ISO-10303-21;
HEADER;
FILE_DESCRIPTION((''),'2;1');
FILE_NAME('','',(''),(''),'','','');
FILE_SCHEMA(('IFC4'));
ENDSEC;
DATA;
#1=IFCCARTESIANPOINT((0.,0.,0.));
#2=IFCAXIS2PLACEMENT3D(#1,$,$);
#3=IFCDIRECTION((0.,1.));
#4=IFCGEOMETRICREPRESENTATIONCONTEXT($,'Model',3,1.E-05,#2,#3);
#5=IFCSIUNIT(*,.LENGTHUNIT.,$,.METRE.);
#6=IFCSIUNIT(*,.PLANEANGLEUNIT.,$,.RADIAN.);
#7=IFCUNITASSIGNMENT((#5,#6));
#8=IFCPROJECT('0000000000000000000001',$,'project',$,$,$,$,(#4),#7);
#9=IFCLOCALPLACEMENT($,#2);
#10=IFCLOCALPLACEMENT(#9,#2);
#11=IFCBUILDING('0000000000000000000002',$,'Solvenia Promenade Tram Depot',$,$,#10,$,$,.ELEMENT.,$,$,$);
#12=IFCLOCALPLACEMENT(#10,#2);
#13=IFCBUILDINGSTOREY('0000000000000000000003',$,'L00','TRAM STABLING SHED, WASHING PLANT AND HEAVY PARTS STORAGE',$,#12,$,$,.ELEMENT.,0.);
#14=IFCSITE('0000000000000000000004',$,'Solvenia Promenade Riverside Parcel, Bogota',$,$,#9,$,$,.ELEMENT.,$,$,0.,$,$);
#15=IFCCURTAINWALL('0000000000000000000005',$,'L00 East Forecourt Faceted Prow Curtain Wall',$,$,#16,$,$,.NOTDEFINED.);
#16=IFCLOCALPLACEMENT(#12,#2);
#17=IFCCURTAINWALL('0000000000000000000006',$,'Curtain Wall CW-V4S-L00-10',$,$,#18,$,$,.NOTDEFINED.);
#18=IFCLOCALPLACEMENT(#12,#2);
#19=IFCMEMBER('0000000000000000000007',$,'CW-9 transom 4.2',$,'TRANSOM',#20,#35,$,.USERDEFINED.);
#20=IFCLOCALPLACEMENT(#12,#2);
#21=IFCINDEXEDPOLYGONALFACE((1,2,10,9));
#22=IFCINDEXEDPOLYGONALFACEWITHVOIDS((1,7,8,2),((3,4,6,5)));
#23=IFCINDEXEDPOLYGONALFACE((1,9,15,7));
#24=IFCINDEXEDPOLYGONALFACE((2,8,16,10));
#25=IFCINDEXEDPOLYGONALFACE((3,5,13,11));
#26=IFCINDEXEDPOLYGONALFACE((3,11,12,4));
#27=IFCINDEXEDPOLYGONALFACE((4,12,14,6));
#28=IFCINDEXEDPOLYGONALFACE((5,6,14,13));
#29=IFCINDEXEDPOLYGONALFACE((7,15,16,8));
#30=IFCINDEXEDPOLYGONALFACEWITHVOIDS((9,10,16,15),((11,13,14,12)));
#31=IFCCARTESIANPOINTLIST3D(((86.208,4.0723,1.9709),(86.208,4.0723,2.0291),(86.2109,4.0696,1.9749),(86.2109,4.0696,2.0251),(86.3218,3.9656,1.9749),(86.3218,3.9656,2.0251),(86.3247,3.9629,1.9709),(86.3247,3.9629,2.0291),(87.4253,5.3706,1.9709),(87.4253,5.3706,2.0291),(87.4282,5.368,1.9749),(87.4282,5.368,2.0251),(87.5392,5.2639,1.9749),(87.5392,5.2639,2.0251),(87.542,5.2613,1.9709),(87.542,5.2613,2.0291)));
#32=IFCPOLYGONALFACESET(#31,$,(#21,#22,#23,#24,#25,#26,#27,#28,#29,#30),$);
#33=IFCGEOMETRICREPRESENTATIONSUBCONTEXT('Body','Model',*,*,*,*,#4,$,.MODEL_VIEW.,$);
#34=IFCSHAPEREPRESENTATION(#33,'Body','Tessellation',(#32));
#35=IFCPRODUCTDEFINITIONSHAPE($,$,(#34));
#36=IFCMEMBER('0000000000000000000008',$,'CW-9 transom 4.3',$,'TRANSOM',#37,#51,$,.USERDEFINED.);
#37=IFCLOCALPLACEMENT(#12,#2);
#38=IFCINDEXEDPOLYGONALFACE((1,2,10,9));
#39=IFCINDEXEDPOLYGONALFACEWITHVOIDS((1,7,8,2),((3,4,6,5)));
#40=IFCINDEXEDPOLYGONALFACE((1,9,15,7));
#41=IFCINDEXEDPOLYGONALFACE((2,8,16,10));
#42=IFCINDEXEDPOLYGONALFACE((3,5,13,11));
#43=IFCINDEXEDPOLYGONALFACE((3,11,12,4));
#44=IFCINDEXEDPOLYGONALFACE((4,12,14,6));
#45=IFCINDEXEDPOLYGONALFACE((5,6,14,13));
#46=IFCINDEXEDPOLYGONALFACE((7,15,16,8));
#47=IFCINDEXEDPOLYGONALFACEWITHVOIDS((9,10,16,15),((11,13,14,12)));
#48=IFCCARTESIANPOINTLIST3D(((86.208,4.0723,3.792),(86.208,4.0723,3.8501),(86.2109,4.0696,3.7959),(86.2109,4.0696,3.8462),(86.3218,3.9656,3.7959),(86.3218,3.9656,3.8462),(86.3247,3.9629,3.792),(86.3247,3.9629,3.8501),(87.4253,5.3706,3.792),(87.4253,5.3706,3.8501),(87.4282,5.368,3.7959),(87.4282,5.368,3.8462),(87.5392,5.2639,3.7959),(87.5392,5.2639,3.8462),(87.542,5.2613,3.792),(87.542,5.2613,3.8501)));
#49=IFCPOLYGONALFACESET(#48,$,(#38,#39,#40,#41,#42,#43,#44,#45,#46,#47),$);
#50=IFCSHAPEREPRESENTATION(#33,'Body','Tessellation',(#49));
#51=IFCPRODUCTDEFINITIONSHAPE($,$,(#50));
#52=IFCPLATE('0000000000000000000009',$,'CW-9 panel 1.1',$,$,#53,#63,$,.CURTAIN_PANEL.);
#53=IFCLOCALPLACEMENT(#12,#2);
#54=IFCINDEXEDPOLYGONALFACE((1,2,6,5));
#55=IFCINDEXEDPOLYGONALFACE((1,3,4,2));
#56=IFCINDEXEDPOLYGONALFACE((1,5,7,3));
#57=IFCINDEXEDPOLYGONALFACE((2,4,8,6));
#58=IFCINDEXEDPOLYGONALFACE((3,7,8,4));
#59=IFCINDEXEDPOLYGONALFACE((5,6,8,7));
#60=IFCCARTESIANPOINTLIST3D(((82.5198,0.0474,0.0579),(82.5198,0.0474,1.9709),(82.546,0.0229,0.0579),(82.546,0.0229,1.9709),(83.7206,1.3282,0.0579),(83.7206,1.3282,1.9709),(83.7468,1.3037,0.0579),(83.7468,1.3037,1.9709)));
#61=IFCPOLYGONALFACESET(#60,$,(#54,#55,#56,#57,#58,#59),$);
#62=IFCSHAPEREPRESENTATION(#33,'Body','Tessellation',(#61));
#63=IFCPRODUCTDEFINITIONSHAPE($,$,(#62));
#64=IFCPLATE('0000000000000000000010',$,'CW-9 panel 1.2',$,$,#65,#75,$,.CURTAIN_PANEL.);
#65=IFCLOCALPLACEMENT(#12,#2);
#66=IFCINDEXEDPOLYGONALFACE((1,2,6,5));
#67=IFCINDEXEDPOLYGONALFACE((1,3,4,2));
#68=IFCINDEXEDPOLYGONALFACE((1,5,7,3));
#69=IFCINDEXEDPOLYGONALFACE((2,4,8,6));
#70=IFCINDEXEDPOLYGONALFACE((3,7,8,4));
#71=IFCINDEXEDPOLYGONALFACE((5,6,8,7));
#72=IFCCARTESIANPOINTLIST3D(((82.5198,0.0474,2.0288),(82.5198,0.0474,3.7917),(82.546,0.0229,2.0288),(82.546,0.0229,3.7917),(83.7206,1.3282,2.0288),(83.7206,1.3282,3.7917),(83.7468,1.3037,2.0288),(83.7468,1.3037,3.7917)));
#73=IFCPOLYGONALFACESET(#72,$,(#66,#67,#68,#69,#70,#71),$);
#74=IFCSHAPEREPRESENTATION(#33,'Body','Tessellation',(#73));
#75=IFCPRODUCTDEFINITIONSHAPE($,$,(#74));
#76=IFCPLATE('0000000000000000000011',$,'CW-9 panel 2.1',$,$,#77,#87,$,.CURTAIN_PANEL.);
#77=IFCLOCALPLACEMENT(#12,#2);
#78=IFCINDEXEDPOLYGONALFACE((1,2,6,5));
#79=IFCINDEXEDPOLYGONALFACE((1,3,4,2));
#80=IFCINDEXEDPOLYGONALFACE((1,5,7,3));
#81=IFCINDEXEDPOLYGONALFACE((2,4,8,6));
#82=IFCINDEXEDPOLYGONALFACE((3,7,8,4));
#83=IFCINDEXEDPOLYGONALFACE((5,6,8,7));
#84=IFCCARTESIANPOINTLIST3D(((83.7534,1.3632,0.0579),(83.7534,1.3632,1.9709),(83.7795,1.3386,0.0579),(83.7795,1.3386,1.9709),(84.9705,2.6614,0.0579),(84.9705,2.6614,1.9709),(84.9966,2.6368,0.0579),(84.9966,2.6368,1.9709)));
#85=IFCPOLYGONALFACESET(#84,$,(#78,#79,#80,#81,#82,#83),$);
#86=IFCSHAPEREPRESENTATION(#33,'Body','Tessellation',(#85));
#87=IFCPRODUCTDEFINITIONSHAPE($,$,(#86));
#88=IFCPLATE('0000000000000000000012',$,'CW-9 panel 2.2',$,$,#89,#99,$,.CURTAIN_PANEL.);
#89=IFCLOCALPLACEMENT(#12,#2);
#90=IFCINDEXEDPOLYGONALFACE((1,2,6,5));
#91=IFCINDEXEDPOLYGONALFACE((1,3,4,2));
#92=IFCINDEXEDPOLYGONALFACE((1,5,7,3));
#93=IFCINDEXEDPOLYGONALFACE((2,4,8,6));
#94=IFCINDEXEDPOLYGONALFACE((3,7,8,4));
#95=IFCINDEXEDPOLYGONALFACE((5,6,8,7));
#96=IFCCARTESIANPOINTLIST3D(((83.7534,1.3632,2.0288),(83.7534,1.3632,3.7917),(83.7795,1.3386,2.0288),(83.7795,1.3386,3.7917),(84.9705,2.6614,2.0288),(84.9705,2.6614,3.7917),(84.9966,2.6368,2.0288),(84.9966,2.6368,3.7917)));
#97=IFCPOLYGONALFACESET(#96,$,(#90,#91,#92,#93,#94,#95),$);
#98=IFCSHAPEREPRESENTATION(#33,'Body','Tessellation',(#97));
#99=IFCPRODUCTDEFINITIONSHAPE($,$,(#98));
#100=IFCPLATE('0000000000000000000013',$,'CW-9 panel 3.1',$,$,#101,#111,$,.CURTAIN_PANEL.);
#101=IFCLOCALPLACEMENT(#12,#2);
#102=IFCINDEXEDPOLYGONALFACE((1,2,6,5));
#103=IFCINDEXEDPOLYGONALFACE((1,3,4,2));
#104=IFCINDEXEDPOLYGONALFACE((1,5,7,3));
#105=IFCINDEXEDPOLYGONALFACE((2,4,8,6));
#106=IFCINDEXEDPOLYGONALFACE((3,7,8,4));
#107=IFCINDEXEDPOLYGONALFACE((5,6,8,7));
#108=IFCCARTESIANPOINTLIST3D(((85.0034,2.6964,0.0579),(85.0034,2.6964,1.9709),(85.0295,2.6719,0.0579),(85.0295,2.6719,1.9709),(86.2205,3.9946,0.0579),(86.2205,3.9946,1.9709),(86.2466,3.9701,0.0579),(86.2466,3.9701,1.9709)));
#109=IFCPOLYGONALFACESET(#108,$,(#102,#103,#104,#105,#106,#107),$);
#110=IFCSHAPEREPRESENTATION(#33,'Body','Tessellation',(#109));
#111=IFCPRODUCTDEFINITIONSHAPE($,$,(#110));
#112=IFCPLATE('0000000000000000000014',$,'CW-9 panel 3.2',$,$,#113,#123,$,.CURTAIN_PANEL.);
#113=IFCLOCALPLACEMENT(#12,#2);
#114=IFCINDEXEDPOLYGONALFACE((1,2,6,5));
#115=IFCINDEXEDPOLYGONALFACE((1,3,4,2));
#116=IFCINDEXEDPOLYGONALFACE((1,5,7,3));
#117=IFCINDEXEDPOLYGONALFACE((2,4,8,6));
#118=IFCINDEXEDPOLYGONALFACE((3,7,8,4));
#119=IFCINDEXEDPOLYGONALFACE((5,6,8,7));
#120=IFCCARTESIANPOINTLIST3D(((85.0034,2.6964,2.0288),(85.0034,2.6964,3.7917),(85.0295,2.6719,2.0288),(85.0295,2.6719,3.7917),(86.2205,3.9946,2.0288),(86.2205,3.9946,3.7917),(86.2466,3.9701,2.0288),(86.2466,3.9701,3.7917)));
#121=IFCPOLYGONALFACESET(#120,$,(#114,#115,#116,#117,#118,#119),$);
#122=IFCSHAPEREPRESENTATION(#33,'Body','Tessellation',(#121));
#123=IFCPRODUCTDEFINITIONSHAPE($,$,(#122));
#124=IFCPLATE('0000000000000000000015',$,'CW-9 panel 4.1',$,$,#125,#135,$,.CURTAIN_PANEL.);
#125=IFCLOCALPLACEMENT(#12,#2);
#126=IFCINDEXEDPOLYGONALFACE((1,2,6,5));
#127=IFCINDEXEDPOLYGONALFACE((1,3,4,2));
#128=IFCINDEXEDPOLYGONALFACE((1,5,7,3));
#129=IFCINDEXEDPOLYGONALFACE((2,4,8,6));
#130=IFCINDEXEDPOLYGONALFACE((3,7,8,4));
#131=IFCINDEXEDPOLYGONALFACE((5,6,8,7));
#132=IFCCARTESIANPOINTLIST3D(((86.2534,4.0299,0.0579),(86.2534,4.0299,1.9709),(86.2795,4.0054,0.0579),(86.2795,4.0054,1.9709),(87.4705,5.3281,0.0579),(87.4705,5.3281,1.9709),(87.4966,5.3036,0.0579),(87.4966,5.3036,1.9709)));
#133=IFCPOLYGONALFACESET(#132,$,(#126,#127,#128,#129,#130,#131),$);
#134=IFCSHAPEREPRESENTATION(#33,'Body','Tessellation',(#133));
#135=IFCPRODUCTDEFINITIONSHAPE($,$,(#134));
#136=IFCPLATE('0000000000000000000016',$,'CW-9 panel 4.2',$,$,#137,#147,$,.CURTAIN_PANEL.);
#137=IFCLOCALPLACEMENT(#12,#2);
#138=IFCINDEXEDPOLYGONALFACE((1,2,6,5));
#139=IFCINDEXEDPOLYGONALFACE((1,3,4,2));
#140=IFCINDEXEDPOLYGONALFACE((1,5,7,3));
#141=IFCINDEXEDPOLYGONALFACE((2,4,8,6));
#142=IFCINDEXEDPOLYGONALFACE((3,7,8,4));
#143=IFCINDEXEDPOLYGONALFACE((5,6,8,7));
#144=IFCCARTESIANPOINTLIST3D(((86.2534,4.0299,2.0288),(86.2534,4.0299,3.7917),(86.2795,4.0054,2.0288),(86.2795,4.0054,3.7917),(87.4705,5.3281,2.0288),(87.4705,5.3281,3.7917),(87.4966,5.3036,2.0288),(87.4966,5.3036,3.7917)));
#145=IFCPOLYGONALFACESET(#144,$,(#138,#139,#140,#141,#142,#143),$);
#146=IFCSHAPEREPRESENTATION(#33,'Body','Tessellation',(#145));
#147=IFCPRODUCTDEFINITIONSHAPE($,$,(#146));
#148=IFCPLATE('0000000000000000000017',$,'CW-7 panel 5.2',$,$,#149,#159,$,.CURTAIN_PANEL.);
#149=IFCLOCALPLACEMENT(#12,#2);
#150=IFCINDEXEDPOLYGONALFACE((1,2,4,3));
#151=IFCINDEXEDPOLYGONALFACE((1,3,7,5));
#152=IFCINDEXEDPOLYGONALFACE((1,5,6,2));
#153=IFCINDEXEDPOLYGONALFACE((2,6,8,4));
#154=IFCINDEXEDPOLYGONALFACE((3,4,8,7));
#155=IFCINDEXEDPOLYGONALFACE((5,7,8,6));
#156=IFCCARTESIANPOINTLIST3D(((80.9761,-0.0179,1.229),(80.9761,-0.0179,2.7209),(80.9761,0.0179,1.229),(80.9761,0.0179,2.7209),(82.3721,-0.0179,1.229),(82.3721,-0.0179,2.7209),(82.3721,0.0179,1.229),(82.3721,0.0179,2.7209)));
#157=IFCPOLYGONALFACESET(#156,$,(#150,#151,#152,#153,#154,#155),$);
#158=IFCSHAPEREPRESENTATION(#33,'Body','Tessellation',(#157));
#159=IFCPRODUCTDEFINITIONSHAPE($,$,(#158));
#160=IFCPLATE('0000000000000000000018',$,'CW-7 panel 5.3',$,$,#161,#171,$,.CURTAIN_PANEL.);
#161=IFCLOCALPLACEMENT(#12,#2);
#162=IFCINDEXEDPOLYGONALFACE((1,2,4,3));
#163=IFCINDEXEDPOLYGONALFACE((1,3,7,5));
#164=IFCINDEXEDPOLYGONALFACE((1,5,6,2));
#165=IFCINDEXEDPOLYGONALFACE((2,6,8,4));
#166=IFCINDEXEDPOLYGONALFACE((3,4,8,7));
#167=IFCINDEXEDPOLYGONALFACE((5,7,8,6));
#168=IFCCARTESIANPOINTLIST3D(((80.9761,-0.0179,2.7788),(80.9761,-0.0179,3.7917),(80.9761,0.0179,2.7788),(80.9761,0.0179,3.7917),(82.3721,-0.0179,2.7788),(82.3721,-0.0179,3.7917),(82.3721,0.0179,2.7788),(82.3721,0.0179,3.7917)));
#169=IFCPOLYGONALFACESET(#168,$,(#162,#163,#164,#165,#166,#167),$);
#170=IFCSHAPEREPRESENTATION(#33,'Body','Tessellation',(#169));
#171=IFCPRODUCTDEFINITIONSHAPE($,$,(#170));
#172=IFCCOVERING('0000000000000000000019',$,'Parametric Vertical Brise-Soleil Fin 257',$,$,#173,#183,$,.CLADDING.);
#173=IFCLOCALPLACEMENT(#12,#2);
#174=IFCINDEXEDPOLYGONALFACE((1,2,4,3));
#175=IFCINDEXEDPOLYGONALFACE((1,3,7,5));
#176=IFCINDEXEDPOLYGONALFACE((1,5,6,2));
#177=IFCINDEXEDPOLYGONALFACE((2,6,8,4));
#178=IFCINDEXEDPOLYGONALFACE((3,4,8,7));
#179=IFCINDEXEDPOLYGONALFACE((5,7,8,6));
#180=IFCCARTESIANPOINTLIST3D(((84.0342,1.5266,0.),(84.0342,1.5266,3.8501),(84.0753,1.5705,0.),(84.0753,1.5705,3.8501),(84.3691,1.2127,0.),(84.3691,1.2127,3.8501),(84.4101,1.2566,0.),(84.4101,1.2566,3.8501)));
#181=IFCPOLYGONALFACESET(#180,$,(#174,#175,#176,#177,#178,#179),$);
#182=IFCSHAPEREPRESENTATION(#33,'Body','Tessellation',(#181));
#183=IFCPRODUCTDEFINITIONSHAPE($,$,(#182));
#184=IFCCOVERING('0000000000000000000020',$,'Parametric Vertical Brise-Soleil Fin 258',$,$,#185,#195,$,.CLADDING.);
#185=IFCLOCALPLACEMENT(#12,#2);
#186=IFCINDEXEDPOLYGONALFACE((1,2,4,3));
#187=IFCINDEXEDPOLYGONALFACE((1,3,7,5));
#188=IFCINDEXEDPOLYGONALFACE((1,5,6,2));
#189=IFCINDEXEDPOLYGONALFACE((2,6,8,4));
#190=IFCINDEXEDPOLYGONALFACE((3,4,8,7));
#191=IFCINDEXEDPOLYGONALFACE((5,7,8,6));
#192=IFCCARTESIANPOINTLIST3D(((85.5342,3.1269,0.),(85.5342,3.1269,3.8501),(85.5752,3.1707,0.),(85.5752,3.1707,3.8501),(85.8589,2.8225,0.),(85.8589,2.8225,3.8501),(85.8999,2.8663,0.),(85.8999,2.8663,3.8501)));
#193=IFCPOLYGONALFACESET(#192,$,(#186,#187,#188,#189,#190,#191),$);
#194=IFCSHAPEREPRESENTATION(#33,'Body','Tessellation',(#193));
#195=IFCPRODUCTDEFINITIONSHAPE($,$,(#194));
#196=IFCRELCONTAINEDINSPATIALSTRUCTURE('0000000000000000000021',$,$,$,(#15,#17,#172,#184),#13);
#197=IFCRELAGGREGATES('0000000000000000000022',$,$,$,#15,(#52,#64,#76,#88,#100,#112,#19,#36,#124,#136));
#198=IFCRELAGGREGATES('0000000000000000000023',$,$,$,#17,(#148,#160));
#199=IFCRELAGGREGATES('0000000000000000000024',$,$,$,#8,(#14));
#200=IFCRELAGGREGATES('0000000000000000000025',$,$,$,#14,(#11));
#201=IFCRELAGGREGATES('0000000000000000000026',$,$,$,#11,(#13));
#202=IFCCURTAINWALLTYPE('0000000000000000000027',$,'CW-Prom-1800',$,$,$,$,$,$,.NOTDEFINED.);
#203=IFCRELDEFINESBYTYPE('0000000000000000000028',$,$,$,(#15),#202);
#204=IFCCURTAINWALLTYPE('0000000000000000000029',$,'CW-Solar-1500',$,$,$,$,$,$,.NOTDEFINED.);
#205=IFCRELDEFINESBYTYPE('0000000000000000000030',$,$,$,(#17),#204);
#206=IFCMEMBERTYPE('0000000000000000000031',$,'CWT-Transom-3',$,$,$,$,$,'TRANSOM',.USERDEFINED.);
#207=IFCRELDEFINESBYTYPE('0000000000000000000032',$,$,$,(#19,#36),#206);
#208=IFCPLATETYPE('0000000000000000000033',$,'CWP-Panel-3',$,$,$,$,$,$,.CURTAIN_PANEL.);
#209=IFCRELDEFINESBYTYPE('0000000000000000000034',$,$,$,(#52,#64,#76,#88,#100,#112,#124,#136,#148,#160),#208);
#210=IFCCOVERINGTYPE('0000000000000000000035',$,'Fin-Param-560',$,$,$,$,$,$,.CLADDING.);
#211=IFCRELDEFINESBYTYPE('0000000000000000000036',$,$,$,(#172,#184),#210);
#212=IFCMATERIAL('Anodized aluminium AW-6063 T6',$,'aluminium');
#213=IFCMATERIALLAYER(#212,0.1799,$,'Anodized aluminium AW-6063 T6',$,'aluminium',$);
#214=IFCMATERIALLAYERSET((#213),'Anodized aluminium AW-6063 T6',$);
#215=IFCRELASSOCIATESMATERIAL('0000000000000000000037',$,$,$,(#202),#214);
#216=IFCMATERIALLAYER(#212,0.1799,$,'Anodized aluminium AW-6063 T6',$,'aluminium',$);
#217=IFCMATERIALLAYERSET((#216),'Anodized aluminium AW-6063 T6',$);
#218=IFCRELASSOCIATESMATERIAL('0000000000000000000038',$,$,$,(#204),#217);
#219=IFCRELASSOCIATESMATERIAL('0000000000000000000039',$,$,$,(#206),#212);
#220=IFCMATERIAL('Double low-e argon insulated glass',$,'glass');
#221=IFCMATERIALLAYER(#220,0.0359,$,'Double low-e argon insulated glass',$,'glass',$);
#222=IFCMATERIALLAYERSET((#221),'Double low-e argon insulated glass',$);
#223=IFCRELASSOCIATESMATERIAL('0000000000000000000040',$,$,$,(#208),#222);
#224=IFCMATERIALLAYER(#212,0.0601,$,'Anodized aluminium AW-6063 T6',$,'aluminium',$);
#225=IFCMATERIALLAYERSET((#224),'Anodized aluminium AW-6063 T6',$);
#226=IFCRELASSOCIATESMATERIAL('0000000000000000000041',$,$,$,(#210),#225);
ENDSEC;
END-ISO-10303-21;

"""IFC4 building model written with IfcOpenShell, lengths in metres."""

from ifc_helpers import new_model, si_unit, direction, frame, origin, origin_2d, place, context, subcontext, project, spatial, rectangle, hollow_rectangle, extrude, material, layer, layer_set, material_profile, profile_set, type_object, element, aggregate, save


model = new_model("IFC4")

# Units and contexts
model_context = context("Model", 3, precision=1e-05, world=origin(), true_north=direction((0.0, 1.0)))
body_context = subcontext(model_context, "Body", "Model", "MODEL_VIEW")
ifc_project = project(units=[si_unit("LENGTHUNIT", "METRE"), si_unit("PLANEANGLEUNIT", "RADIAN")], contexts=[model_context])

# Site, building, storey
site_placement = place(None, origin())
site = spatial("IfcSite", under=ifc_project, at=site_placement, Name="Solvenia Promenade Riverside Parcel, Bogota", CompositionType="ELEMENT", RefElevation=0.0)
building_placement = place(site_placement, origin())
building = spatial("IfcBuilding", under=site, at=building_placement, Name="Solvenia Promenade Tram Depot", CompositionType="ELEMENT")
storey_placement = place(building_placement, origin())
storey = spatial("IfcBuildingStorey", under=building, at=storey_placement, Name="L00", Description="TRAM STABLING SHED, WASHING PLANT AND HEAVY PARTS STORAGE", CompositionType="ELEMENT", Elevation=0.0)

# Curtain wall
ifc_material_1 = material(Name="Anodized aluminium AW-6063 T6", Category="aluminium")
ifc_layer_1 = layer(ifc_material_1, 0.1799, Name="Anodized aluminium AW-6063 T6", Category="aluminium")
ifc_layer_set_1 = layer_set([ifc_layer_1], Name="Anodized aluminium AW-6063 T6")
curtain_wall_type_1 = type_object("IfcCurtainWallType", Name="CW-Prom-1800", PredefinedType="NOTDEFINED", material=ifc_layer_set_1)
curtain_wall_1_placement = place(storey_placement, origin())
curtain_wall_1 = element("IfcCurtainWall", 1, at=curtain_wall_1_placement, inside=storey, type_object=curtain_wall_type_1, Name="L00 East Forecourt Faceted Prow Curtain Wall", PredefinedType="NOTDEFINED")

# Curtain wall
ifc_layer_2 = layer(ifc_material_1, 0.1799, Name="Anodized aluminium AW-6063 T6", Category="aluminium")
ifc_layer_set_2 = layer_set([ifc_layer_2], Name="Anodized aluminium AW-6063 T6")
curtain_wall_type_2 = type_object("IfcCurtainWallType", Name="CW-Solar-1500", PredefinedType="NOTDEFINED", material=ifc_layer_set_2)
curtain_wall_2_placement = place(storey_placement, origin())
curtain_wall_2 = element("IfcCurtainWall", 2, at=curtain_wall_2_placement, inside=storey, type_object=curtain_wall_type_2, Name="Curtain Wall CW-V4S-L00-10", PredefinedType="NOTDEFINED")

# Members
ifc_material_profile_1 = material_profile(ifc_material_1, hollow_rectangle(XDim=0.1599, YDim=0.0581, WallThickness=0.0039, at=origin_2d()), Name="ALU-T3", Category="aluminium")
ifc_profile_set_1 = profile_set([ifc_material_profile_1], Name="Anodized aluminium AW-6063 T6")
member_type_1 = type_object("IfcMemberType", Name="CWT-Transom-3", ElementType="TRANSOM", PredefinedType="USERDEFINED", material=ifc_profile_set_1)
member_1_placement = place(storey_placement, frame((86.2664, 4.0176, 2.0), z_axis=(0.683969, 0.729512, 0.0), x_axis=(-0.729512, 0.683969, 0.0)))
member_1 = element("IfcMember", 3, at=member_1_placement, type_object=member_type_1, Name="CW-9 transom 4.2", ObjectType="TRANSOM", PredefinedType="USERDEFINED", context=body_context, shape_type="SweptSolid", body=[
    extrude(hollow_rectangle(XDim=0.1599, YDim=0.0581, WallThickness=0.0039, at=origin_2d()), origin(), (0.0, 0.0, 1.0), 1.7798),
])
member_2_placement = place(storey_placement, frame((86.2664, 4.0176, 3.821), z_axis=(0.683969, 0.729512, 0.0), x_axis=(-0.729512, 0.683969, 0.0)))
member_2 = element("IfcMember", 4, at=member_2_placement, type_object=member_type_1, Name="CW-9 transom 4.3", ObjectType="TRANSOM", PredefinedType="USERDEFINED", context=body_context, shape_type="SweptSolid", body=[
    extrude(hollow_rectangle(XDim=0.1599, YDim=0.0581, WallThickness=0.0039, at=origin_2d()), origin(), (0.0, 0.0, 1.0), 1.7798),
])

# Plates
ifc_material_2 = material(Name="Double low-e argon insulated glass", Category="glass")
ifc_layer_3 = layer(ifc_material_2, 0.0359, Name="Double low-e argon insulated glass", Category="glass")
ifc_layer_set_3 = layer_set([ifc_layer_3], Name="Double low-e argon insulated glass")
plate_type = type_object("IfcPlateType", Name="CWP-Panel-3", PredefinedType="CURTAIN_PANEL", material=ifc_layer_set_3)
plate_1_placement = place(storey_placement, frame((83.1333, 0.6755, 0.0579), z_axis=(0.0, 0.0, 1.0), x_axis=(0.683941, 0.729537, 0.0)))
plate_1 = element("IfcPlate", 5, at=plate_1_placement, type_object=plate_type, Name="CW-9 panel 1.1", PredefinedType="CURTAIN_PANEL", context=body_context, shape_type="SweptSolid", body=[
    extrude(rectangle(XDim=1.7556, YDim=0.0359, at=origin_2d()), origin(), (0.0, 0.0, 1.0), 1.9131),
])
plate_2_placement = place(storey_placement, frame((83.1333, 0.6755, 2.0288), z_axis=(0.0, 0.0, 1.0), x_axis=(0.683941, 0.729537, 0.0)))
plate_2 = element("IfcPlate", 6, at=plate_2_placement, type_object=plate_type, Name="CW-9 panel 1.2", PredefinedType="CURTAIN_PANEL", context=body_context, shape_type="SweptSolid", body=[
    extrude(rectangle(XDim=1.7556, YDim=0.0359, at=origin_2d()), origin(), (0.0, 0.0, 1.0), 1.7629),
])
plate_3_placement = place(storey_placement, frame((84.375, 2.0, 0.0579), z_axis=(0.0, 0.0, 1.0), x_axis=(0.683941, 0.729537, 0.0)))
plate_3 = element("IfcPlate", 7, at=plate_3_placement, type_object=plate_type, Name="CW-9 panel 2.1", PredefinedType="CURTAIN_PANEL", context=body_context, shape_type="SweptSolid", body=[
    extrude(rectangle(XDim=1.7795, YDim=0.0359, at=origin_2d()), origin(), (0.0, 0.0, 1.0), 1.9131),
])
plate_4_placement = place(storey_placement, frame((84.375, 2.0, 2.0288), z_axis=(0.0, 0.0, 1.0), x_axis=(0.683941, 0.729537, 0.0)))
plate_4 = element("IfcPlate", 8, at=plate_4_placement, type_object=plate_type, Name="CW-9 panel 2.2", PredefinedType="CURTAIN_PANEL", context=body_context, shape_type="SweptSolid", body=[
    extrude(rectangle(XDim=1.7795, YDim=0.0359, at=origin_2d()), origin(), (0.0, 0.0, 1.0), 1.7629),
])
plate_5_placement = place(storey_placement, frame((85.625, 3.3333, 0.0579), z_axis=(0.0, 0.0, 1.0), x_axis=(0.683941, 0.729537, 0.0)))
plate_5 = element("IfcPlate", 9, at=plate_5_placement, type_object=plate_type, Name="CW-9 panel 3.1", PredefinedType="CURTAIN_PANEL", context=body_context, shape_type="SweptSolid", body=[
    extrude(rectangle(XDim=1.7795, YDim=0.0359, at=origin_2d()), origin(), (0.0, 0.0, 1.0), 1.9131),
])
plate_6_placement = place(storey_placement, frame((85.625, 3.3333, 2.0288), z_axis=(0.0, 0.0, 1.0), x_axis=(0.683941, 0.729537, 0.0)))
plate_6 = element("IfcPlate", 10, at=plate_6_placement, type_object=plate_type, Name="CW-9 panel 3.2", PredefinedType="CURTAIN_PANEL", context=body_context, shape_type="SweptSolid", body=[
    extrude(rectangle(XDim=1.7795, YDim=0.0359, at=origin_2d()), origin(), (0.0, 0.0, 1.0), 1.7629),
])
plate_7_placement = place(storey_placement, frame((86.875, 4.6667, 0.0579), z_axis=(0.0, 0.0, 1.0), x_axis=(0.683941, 0.729537, 0.0)))
plate_7 = element("IfcPlate", 11, at=plate_7_placement, type_object=plate_type, Name="CW-9 panel 4.1", PredefinedType="CURTAIN_PANEL", context=body_context, shape_type="SweptSolid", body=[
    extrude(rectangle(XDim=1.7795, YDim=0.0359, at=origin_2d()), origin(), (0.0, 0.0, 1.0), 1.9131),
])
plate_8_placement = place(storey_placement, frame((86.875, 4.6667, 2.0288), z_axis=(0.0, 0.0, 1.0), x_axis=(0.683941, 0.729537, 0.0)))
plate_8 = element("IfcPlate", 12, at=plate_8_placement, type_object=plate_type, Name="CW-9 panel 4.2", PredefinedType="CURTAIN_PANEL", context=body_context, shape_type="SweptSolid", body=[
    extrude(rectangle(XDim=1.7795, YDim=0.0359, at=origin_2d()), origin(), (0.0, 0.0, 1.0), 1.7629),
])
aggregate(curtain_wall_1, [plate_1, plate_2, plate_3, plate_4, plate_5, plate_6, member_1, member_2, plate_7, plate_8])
plate_9_placement = place(storey_placement, frame((81.6741, 0.0, 1.229), z_axis=(0.0, 0.0, 1.0), x_axis=(1.0, 0.0, 0.0)))
plate_9 = element("IfcPlate", 13, at=plate_9_placement, type_object=plate_type, Name="CW-7 panel 5.2", PredefinedType="CURTAIN_PANEL", context=body_context, shape_type="SweptSolid", body=[
    extrude(rectangle(XDim=1.396, YDim=0.0359, at=origin_2d()), origin(), (0.0, 0.0, 1.0), 1.4919),
])
plate_10_placement = place(storey_placement, frame((81.6741, 0.0, 2.7788), z_axis=(0.0, 0.0, 1.0), x_axis=(1.0, 0.0, 0.0)))
plate_10 = element("IfcPlate", 14, at=plate_10_placement, type_object=plate_type, Name="CW-7 panel 5.3", PredefinedType="CURTAIN_PANEL", context=body_context, shape_type="SweptSolid", body=[
    extrude(rectangle(XDim=1.396, YDim=0.0359, at=origin_2d()), origin(), (0.0, 0.0, 1.0), 1.0129),
])
aggregate(curtain_wall_2, [plate_9, plate_10])

# Coverings
ifc_layer_4 = layer(ifc_material_1, 0.0601, Name="Anodized aluminium AW-6063 T6", Category="aluminium")
ifc_layer_set_4 = layer_set([ifc_layer_4], Name="Anodized aluminium AW-6063 T6")
covering_type = type_object("IfcCoveringType", Name="Fin-Param-560", PredefinedType="CLADDING", material=ifc_layer_set_4)
covering_1_placement = place(storey_placement, frame((84.2222, 1.3916, 0.0), z_axis=(0.0, 0.0, 1.0), x_axis=(0.683911, 0.729566, 0.0)))
element("IfcCovering", 15, at=covering_1_placement, inside=storey, type_object=covering_type, Name="Parametric Vertical Brise-Soleil Fin 257", PredefinedType="CLADDING", context=body_context, shape_type="SweptSolid", body=[
    extrude(rectangle(XDim=0.0601, YDim=0.459, at=origin_2d()), origin(), (0.0, 0.0, 1.0), 3.8501),
])
covering_2_placement = place(storey_placement, frame((85.717, 2.9966, 0.0), z_axis=(0.0, 0.0, 1.0), x_axis=(0.683911, 0.729566, 0.0)))
element("IfcCovering", 16, at=covering_2_placement, inside=storey, type_object=covering_type, Name="Parametric Vertical Brise-Soleil Fin 258", PredefinedType="CLADDING", context=body_context, shape_type="SweptSolid", body=[
    extrude(rectangle(XDim=0.0601, YDim=0.4451, at=origin_2d()), origin(), (0.0, 0.0, 1.0), 3.8501),
])

save(model, "model.ifc")
